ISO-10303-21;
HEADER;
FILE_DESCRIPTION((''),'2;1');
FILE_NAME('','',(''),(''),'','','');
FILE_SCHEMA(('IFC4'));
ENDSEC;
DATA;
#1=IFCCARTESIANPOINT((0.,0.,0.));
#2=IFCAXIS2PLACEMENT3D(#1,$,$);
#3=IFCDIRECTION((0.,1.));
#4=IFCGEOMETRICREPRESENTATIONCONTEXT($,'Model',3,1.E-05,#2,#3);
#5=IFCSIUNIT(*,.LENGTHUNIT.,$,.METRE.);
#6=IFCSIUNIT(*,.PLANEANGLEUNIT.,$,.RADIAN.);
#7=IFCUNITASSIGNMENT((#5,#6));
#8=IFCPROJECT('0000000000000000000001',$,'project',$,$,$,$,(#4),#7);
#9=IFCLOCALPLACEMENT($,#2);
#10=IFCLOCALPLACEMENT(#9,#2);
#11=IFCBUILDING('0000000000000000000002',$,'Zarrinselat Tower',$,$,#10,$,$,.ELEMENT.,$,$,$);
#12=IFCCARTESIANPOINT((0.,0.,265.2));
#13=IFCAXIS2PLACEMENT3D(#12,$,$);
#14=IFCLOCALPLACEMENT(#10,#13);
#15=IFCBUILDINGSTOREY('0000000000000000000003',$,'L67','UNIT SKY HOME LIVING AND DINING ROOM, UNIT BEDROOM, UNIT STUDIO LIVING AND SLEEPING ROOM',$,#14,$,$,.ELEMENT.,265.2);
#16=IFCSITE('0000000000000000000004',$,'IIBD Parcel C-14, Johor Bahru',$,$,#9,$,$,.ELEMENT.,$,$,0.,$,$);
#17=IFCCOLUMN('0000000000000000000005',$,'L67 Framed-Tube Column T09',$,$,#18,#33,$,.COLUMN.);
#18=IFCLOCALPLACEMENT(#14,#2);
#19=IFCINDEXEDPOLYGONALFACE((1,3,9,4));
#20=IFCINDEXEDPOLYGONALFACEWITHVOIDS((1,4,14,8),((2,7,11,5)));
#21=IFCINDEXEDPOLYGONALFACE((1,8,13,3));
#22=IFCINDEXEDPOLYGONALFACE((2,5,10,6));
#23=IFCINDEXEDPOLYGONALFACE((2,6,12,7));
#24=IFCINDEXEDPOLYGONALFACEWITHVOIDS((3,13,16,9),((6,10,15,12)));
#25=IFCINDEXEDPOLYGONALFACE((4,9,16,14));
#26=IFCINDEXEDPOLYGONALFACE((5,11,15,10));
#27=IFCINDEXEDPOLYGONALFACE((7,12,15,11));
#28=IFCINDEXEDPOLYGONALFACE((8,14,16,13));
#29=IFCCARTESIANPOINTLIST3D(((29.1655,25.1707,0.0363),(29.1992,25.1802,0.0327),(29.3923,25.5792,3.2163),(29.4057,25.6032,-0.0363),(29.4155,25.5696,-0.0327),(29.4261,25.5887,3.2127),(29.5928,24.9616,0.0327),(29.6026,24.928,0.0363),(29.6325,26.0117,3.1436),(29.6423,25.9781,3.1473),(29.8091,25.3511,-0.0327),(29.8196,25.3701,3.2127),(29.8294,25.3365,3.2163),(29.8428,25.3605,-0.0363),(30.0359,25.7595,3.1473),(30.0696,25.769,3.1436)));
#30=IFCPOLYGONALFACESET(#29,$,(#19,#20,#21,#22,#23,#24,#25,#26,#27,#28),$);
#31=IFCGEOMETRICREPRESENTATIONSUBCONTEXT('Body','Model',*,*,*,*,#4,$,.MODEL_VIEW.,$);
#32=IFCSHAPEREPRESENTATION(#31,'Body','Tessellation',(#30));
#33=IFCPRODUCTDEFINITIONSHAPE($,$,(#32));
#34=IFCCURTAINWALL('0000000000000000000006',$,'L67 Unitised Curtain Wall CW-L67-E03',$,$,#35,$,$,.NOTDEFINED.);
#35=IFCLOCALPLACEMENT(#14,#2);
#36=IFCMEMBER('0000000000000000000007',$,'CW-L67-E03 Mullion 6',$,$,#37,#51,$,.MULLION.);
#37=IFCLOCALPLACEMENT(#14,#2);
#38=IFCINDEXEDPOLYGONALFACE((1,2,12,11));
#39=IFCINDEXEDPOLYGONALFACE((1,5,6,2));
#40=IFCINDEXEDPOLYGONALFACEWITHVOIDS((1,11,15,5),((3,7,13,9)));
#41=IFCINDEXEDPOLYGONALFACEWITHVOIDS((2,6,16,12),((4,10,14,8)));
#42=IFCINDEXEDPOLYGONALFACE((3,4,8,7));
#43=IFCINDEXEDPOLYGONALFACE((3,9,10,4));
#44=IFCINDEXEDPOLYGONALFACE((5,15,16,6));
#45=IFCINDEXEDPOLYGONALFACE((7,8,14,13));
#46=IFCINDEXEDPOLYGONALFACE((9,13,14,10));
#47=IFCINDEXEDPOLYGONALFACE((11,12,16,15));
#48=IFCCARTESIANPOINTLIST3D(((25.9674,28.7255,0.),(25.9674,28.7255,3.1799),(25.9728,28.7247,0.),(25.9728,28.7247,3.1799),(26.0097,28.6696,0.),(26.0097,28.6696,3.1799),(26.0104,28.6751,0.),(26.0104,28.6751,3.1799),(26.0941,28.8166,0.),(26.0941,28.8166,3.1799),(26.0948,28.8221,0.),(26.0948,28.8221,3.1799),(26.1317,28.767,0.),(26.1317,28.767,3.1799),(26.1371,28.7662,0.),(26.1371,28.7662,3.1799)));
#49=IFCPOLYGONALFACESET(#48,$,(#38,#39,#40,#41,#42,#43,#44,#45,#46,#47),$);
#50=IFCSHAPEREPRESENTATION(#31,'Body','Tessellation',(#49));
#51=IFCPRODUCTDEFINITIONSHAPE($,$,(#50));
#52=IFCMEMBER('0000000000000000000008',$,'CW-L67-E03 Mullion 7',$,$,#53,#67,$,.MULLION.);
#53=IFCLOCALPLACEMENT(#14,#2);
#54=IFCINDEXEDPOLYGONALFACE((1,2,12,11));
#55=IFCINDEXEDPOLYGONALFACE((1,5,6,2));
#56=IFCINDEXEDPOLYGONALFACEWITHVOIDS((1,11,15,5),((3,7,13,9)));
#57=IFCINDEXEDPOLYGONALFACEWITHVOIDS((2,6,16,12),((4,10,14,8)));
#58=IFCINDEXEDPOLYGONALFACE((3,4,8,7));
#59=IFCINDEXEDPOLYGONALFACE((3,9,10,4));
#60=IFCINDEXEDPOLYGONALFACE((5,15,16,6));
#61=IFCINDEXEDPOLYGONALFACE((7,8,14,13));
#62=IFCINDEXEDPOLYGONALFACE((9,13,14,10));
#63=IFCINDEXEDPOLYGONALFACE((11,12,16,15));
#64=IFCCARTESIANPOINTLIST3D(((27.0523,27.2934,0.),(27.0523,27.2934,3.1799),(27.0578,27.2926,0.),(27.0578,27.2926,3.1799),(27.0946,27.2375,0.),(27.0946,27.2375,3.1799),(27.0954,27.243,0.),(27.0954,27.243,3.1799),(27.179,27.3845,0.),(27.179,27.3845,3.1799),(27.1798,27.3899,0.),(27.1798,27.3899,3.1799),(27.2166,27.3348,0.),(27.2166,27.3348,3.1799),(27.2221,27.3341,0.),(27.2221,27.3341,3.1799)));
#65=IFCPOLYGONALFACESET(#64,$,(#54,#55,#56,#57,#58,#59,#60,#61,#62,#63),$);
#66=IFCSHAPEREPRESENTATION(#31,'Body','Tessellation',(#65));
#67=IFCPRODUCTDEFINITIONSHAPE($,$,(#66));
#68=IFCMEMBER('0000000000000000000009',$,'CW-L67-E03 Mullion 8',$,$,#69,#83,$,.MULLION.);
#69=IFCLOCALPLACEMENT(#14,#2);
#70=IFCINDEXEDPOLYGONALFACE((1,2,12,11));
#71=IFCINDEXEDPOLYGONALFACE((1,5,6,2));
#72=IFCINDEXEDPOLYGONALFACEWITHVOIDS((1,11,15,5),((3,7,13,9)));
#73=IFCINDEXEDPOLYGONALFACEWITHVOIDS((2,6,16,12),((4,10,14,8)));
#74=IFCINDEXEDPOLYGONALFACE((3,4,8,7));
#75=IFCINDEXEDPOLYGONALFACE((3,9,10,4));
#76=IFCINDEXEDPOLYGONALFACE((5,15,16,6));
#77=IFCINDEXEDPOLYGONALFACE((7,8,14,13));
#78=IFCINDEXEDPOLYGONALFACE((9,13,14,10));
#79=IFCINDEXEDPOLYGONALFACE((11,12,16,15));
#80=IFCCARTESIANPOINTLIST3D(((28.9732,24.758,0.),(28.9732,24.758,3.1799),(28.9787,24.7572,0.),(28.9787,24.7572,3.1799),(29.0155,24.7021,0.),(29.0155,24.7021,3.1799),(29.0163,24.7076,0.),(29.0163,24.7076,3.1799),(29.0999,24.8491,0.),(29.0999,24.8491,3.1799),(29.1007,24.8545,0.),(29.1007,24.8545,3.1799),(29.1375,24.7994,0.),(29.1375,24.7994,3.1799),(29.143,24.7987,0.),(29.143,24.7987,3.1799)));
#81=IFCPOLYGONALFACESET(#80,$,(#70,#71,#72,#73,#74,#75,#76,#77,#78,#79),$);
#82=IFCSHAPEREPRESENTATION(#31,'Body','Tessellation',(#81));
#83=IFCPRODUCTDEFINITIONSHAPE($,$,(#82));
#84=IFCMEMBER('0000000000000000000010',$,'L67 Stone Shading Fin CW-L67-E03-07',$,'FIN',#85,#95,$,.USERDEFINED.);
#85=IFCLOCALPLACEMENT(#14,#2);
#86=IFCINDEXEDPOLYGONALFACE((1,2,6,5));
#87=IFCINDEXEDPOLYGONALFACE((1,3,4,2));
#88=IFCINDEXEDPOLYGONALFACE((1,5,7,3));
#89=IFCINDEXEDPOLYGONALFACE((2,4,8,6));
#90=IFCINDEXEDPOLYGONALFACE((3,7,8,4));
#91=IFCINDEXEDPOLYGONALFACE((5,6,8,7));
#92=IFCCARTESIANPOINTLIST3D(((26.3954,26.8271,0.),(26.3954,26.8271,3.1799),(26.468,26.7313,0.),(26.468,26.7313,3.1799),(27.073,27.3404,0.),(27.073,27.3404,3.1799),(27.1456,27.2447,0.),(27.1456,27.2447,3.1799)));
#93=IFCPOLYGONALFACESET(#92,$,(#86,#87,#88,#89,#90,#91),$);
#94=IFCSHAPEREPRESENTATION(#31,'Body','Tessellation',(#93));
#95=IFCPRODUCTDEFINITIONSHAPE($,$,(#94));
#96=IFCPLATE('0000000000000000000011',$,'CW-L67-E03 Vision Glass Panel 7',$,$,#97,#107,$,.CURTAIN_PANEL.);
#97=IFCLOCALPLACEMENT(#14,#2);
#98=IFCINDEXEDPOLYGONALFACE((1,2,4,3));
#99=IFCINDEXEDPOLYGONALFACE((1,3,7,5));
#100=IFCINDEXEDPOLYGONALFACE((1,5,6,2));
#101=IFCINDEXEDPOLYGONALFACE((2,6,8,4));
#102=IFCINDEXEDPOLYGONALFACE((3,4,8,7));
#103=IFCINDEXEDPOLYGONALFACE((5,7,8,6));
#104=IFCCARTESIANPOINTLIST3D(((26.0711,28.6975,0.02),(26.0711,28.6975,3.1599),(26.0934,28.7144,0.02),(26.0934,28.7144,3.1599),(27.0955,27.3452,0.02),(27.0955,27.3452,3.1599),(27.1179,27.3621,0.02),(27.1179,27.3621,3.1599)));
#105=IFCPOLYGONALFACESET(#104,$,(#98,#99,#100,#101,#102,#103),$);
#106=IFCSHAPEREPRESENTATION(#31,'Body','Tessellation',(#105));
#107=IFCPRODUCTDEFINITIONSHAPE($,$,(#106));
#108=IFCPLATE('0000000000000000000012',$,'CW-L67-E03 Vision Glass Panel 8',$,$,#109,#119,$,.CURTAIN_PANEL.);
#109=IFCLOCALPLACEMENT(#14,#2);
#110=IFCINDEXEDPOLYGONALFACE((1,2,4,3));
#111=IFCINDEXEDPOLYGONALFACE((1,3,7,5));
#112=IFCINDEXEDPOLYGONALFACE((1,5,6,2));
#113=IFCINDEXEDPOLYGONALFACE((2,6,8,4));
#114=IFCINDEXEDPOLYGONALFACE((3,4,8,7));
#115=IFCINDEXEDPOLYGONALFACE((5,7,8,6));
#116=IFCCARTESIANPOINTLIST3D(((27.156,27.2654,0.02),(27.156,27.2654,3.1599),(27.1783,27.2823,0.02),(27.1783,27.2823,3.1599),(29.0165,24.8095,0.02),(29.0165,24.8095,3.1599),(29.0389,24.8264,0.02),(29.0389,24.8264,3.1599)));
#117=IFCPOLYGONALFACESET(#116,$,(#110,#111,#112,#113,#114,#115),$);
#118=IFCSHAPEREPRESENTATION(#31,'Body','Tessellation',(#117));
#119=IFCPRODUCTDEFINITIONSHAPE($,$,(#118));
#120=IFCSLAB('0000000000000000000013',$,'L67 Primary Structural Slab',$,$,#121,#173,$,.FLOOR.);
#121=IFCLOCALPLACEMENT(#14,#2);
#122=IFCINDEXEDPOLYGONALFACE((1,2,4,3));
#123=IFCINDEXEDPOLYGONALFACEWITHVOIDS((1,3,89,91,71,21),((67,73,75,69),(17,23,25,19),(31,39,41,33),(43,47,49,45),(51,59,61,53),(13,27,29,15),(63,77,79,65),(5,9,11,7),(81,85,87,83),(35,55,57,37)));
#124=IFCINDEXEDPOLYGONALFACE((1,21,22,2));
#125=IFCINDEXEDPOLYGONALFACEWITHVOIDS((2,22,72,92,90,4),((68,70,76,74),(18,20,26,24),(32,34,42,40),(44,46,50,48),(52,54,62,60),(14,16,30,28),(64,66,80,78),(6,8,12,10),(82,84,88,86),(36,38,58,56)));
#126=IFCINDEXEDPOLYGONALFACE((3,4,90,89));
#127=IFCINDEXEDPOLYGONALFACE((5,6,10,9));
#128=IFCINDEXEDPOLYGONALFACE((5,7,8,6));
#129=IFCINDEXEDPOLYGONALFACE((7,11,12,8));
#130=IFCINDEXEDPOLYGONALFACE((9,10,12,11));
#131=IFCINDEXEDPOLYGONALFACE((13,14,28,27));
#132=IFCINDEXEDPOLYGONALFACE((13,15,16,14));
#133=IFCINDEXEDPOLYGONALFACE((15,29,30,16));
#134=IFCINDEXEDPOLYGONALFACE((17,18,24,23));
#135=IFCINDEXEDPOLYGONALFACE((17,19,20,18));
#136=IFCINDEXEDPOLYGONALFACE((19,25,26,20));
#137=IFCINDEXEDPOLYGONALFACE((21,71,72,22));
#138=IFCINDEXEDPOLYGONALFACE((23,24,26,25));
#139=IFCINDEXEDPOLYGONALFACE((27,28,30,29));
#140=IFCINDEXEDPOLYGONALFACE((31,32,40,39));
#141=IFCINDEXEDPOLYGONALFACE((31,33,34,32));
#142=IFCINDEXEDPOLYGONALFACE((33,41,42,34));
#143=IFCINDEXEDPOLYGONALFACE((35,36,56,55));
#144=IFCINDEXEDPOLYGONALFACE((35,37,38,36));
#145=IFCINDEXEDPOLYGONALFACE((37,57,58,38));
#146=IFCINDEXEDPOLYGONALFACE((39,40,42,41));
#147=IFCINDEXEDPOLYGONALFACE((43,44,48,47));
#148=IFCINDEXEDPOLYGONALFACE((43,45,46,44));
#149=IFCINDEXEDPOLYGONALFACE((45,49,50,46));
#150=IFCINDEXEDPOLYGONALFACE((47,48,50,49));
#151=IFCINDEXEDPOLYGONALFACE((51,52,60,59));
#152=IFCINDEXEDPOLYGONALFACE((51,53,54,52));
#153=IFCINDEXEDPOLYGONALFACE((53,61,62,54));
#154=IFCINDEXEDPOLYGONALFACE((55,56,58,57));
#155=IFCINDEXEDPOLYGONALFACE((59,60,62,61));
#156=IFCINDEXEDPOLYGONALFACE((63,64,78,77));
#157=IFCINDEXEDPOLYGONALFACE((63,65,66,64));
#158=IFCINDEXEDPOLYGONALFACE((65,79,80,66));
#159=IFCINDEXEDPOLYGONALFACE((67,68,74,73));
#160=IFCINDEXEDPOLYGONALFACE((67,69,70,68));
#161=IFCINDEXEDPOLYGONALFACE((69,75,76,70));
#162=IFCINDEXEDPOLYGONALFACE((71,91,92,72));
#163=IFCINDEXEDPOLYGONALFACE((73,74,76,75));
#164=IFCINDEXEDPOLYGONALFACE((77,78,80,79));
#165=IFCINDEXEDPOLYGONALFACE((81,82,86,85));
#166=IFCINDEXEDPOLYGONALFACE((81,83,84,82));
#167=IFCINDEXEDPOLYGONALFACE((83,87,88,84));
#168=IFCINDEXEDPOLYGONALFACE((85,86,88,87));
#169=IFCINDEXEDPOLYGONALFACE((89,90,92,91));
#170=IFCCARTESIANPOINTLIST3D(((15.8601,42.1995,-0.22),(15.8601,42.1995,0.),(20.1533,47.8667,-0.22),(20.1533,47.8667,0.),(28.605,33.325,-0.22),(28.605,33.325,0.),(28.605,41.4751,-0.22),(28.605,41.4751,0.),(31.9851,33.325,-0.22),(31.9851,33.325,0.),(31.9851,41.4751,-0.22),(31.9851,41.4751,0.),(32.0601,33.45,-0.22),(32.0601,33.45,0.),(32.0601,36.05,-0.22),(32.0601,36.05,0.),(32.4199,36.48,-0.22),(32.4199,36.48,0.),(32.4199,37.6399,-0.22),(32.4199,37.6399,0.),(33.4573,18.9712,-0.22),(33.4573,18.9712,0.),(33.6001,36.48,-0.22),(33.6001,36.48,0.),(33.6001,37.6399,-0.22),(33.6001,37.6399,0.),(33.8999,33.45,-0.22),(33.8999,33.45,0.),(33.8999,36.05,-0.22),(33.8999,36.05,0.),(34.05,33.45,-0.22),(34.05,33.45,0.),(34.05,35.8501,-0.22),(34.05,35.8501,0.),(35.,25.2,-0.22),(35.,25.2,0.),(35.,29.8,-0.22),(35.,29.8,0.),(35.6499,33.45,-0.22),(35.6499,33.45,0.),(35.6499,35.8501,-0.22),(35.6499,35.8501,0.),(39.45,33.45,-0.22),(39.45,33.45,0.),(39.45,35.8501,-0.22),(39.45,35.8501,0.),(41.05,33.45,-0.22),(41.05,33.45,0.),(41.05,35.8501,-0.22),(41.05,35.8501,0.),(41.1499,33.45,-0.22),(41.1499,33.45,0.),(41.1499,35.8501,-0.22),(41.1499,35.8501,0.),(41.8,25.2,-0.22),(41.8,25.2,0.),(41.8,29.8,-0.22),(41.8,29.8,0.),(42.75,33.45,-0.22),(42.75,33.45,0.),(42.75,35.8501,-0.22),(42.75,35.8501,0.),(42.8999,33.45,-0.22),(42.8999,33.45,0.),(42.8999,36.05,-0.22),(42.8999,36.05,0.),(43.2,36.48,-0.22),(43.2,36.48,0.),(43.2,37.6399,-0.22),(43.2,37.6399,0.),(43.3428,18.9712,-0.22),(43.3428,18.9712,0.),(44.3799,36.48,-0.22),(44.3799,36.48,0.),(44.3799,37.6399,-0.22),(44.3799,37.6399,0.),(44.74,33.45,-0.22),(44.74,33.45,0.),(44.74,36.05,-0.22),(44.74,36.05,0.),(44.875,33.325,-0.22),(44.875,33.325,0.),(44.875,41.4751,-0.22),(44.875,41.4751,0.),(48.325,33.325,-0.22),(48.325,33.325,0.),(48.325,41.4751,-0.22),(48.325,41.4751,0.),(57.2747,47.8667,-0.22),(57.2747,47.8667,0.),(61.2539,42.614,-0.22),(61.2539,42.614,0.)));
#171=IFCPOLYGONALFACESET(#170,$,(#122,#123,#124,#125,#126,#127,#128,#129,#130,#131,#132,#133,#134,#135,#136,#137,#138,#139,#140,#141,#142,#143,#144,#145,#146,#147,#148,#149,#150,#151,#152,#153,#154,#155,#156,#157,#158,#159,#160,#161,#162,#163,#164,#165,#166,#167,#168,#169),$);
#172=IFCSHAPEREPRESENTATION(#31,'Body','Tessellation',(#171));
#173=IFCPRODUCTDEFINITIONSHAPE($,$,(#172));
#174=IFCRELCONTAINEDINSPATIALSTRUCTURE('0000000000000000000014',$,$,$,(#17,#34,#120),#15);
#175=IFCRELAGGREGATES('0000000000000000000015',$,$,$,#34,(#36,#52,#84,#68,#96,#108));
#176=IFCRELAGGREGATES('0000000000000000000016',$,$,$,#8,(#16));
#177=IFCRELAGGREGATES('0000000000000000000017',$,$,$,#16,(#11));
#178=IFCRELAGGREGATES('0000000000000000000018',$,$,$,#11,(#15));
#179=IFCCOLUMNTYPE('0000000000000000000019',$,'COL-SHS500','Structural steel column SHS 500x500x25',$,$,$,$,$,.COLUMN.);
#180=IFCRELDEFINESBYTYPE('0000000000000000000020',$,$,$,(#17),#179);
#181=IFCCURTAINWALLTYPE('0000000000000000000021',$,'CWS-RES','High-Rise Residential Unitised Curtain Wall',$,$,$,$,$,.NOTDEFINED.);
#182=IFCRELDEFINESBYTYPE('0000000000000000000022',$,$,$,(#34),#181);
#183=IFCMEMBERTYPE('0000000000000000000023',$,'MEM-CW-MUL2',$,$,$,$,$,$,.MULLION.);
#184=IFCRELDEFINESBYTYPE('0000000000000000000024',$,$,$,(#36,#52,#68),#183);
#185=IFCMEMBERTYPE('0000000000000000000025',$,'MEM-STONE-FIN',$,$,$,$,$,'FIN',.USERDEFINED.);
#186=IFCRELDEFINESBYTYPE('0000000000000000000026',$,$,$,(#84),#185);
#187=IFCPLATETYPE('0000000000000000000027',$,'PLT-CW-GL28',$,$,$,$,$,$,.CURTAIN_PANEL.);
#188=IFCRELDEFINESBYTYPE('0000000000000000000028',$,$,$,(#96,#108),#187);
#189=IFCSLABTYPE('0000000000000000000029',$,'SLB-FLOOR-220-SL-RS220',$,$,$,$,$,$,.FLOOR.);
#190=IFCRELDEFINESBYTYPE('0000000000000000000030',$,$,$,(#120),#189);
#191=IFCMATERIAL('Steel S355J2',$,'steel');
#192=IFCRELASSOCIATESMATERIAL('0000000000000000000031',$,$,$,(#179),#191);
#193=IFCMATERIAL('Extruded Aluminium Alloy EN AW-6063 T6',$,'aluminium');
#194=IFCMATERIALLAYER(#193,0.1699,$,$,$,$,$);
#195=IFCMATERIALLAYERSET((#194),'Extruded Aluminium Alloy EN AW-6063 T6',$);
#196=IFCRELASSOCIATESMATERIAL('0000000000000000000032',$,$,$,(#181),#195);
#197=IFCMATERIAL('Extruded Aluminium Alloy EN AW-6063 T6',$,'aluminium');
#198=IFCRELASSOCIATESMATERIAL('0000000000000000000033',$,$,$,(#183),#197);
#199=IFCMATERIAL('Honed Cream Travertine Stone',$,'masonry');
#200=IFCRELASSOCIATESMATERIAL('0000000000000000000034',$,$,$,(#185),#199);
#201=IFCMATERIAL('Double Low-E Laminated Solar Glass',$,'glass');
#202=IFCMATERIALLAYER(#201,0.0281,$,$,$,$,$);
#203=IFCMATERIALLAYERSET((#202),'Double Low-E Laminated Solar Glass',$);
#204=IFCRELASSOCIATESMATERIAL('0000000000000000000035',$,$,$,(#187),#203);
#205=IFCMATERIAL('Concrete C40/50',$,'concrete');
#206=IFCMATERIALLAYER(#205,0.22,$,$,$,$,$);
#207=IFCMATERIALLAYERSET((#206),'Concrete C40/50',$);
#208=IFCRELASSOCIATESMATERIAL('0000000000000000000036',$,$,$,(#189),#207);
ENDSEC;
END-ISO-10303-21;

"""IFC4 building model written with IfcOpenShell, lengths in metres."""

from ifc_helpers import new_model, si_unit, direction, frame, origin, origin_2d, place, context, subcontext, project, spatial, polyline, rectangle, hollow_rectangle, outline, extrude, material, layer, layer_set, material_profile, profile_set, type_object, element, aggregate, save


model = new_model("IFC4")

# Units and contexts
model_context = context("Model", 3, precision=1e-05, world=origin(), true_north=direction((0.0, 1.0)))
body_context = subcontext(model_context, "Body", "Model", "MODEL_VIEW")
ifc_project = project(units=[si_unit("LENGTHUNIT", "METRE"), si_unit("PLANEANGLEUNIT", "RADIAN")], contexts=[model_context])

# Site, building, storey
site_placement = place(None, origin())
site = spatial("IfcSite", under=ifc_project, at=site_placement, Name="IIBD Parcel C-14, Johor Bahru", CompositionType="ELEMENT", RefElevation=0.0)
building_placement = place(site_placement, origin())
building = spatial("IfcBuilding", under=site, at=building_placement, Name="Zarrinselat Tower", CompositionType="ELEMENT")
storey_placement = place(building_placement, frame((0.0, 0.0, 265.2)))
storey = spatial("IfcBuildingStorey", under=building, at=storey_placement, Name="L67", Description="UNIT SKY HOME LIVING AND DINING ROOM, UNIT BEDROOM, UNIT STUDIO LIVING AND SLEEPING ROOM", CompositionType="ELEMENT", Elevation=265.2)

# Column
ifc_material_1 = material(Name="Steel S355J2", Category="steel")
ifc_material_profile_1 = material_profile(ifc_material_1, hollow_rectangle(XDim=0.5, YDim=0.5, WallThickness=0.0249, at=origin_2d()), Name="SHS 500x500x25")
ifc_profile_set_1 = profile_set([ifc_material_profile_1], Name="Steel S355J2")
column_type = type_object("IfcColumnType", Name="COL-SHS500", Description="Structural steel column SHS 500x500x25", PredefinedType="COLUMN", material=ifc_profile_set_1)
column_placement = place(storey_placement, frame((29.5042, 25.2656, 0.0), z_axis=(0.070567, 0.127081, 0.989379), x_axis=(-0.874256, 0.485465, 0.0)))
element("IfcColumn", 1, at=column_placement, inside=storey, type_object=column_type, Name="L67 Framed-Tube Column T09", PredefinedType="COLUMN", context=body_context, shape_type="SweptSolid", body=[
    extrude(hollow_rectangle(XDim=0.5, YDim=0.5, WallThickness=0.0249, at=origin_2d()), origin(), (0.0, 0.0, 1.0), 3.2141),
])

# Curtain wall, members, plates
ifc_material_2 = material(Name="Extruded Aluminium Alloy EN AW-6063 T6", Category="aluminium")
ifc_layer_1 = layer(ifc_material_2, 0.1699)
ifc_layer_set_1 = layer_set([ifc_layer_1], Name="Extruded Aluminium Alloy EN AW-6063 T6")
curtain_wall_type = type_object("IfcCurtainWallType", Name="CWS-RES", Description="High-Rise Residential Unitised Curtain Wall", PredefinedType="NOTDEFINED", material=ifc_layer_set_1)
curtain_wall_placement = place(storey_placement, origin())
curtain_wall = element("IfcCurtainWall", 2, at=curtain_wall_placement, inside=storey, type_object=curtain_wall_type, Name="L67 Unitised Curtain Wall CW-L67-E03", PredefinedType="NOTDEFINED")
ifc_material_3 = material(Name="Extruded Aluminium Alloy EN AW-6063 T6", Category="aluminium")
ifc_material_profile_2 = material_profile(ifc_material_3, hollow_rectangle(XDim=0.0701, YDim=0.1599, WallThickness=0.0039, at=origin_2d()), Name="RHS 160x70x4")
ifc_profile_set_2 = profile_set([ifc_material_profile_2], Name="Extruded Aluminium Alloy EN AW-6063 T6")
member_type_1 = type_object("IfcMemberType", Name="MEM-CW-MUL2", PredefinedType="MULLION", material=ifc_profile_set_2)
member_1_placement = place(storey_placement, frame((26.0522, 28.7458, 0.0), z_axis=(0.0, 0.0, 1.0), x_axis=(0.603858, -0.797092, 0.0)))
member_1 = element("IfcMember", 3, at=member_1_placement, type_object=member_type_1, Name="CW-L67-E03 Mullion 6", PredefinedType="MULLION", context=body_context, shape_type="SweptSolid", body=[
    extrude(hollow_rectangle(XDim=0.0701, YDim=0.1599, WallThickness=0.0039, at=origin_2d()), origin(), (0.0, 0.0, 1.0), 3.1799),
])
member_2_placement = place(storey_placement, frame((27.1372, 27.3137, 0.0), z_axis=(0.0, 0.0, 1.0), x_axis=(0.603858, -0.797092, 0.0)))
member_2 = element("IfcMember", 4, at=member_2_placement, type_object=member_type_1, Name="CW-L67-E03 Mullion 7", PredefinedType="MULLION", context=body_context, shape_type="SweptSolid", body=[
    extrude(hollow_rectangle(XDim=0.0701, YDim=0.1599, WallThickness=0.0039, at=origin_2d()), origin(), (0.0, 0.0, 1.0), 3.1799),
])
member_3_placement = place(storey_placement, frame((29.0581, 24.7783, 0.0), z_axis=(0.0, 0.0, 1.0), x_axis=(0.603858, -0.797092, 0.0)))
member_3 = element("IfcMember", 5, at=member_3_placement, type_object=member_type_1, Name="CW-L67-E03 Mullion 8", PredefinedType="MULLION", context=body_context, shape_type="SweptSolid", body=[
    extrude(hollow_rectangle(XDim=0.0701, YDim=0.1599, WallThickness=0.0039, at=origin_2d()), origin(), (0.0, 0.0, 1.0), 3.1799),
])
ifc_material_4 = material(Name="Honed Cream Travertine Stone", Category="masonry")
ifc_material_profile_3 = material_profile(ifc_material_4, rectangle(XDim=0.1201, YDim=0.8501, at=origin_2d()), Name="FIN 850x120")
ifc_profile_set_3 = profile_set([ifc_material_profile_3], Name="Honed Cream Travertine Stone")
member_type_2 = type_object("IfcMemberType", Name="MEM-STONE-FIN", ElementType="FIN", PredefinedType="USERDEFINED", material=ifc_profile_set_3)
member_4_placement = place(storey_placement, frame((26.7705, 27.0359, 0.0), z_axis=(0.0, 0.0, 1.0), x_axis=(-0.603858, 0.797092, 0.0)))
member_4 = element("IfcMember", 6, at=member_4_placement, type_object=member_type_2, Name="L67 Stone Shading Fin CW-L67-E03-07", ObjectType="FIN", PredefinedType="USERDEFINED", context=body_context, shape_type="SweptSolid", body=[
    extrude(rectangle(XDim=0.1201, YDim=0.8501, at=origin_2d()), origin(), (0.0, 0.0, 1.0), 3.1799),
])
ifc_material_5 = material(Name="Double Low-E Laminated Solar Glass", Category="glass")
ifc_layer_2 = layer(ifc_material_5, 0.0281)
ifc_layer_set_2 = layer_set([ifc_layer_2], Name="Double Low-E Laminated Solar Glass")
plate_type = type_object("IfcPlateType", Name="PLT-CW-GL28", PredefinedType="CURTAIN_PANEL", material=ifc_layer_set_2)
plate_1_placement = place(storey_placement, frame((26.5945, 28.0298, 0.02), z_axis=(0.0, 0.0, 1.0), x_axis=(0.603858, -0.797092, 0.0)))
plate_1 = element("IfcPlate", 7, at=plate_1_placement, type_object=plate_type, Name="CW-L67-E03 Vision Glass Panel 7", PredefinedType="CURTAIN_PANEL", context=body_context, shape_type="SweptSolid", body=[
    extrude(rectangle(XDim=1.6965, YDim=0.0281, at=origin_2d()), origin(), (0.0, 0.0, 1.0), 3.1399),
])
plate_2_placement = place(storey_placement, frame((28.0974, 26.0459, 0.02), z_axis=(0.0, 0.0, 1.0), x_axis=(0.603858, -0.797092, 0.0)))
plate_2 = element("IfcPlate", 8, at=plate_2_placement, type_object=plate_type, Name="CW-L67-E03 Vision Glass Panel 8", PredefinedType="CURTAIN_PANEL", context=body_context, shape_type="SweptSolid", body=[
    extrude(rectangle(XDim=3.0811, YDim=0.0281, at=origin_2d()), origin(), (0.0, 0.0, 1.0), 3.1399),
])
aggregate(curtain_wall, [member_1, member_2, member_4, member_3, plate_1, plate_2])

# Slab
ifc_material_6 = material(Name="Concrete C40/50", Category="concrete")
ifc_layer_3 = layer(ifc_material_6, 0.22)
ifc_layer_set_3 = layer_set([ifc_layer_3], Name="Concrete C40/50")
slab_type_1 = type_object("IfcSlabType", Name="SLB-FLOOR-220-SL-RS220", PredefinedType="FLOOR", material=ifc_layer_set_3)
slab_1_placement = place(storey_placement, frame((0.0, 0.0, -0.22)))
element("IfcSlab", 9, at=slab_1_placement, inside=storey, type_object=slab_type_1, Name="L67 Primary Structural Slab", PredefinedType="FLOOR", context=body_context, shape_type="SweptSolid", body=[
    extrude(outline(polyline([(57.2747, 47.8667), (20.1533, 47.8667), (15.8601, 42.1995), (33.4573, 18.9712), (43.3428, 18.9712), (61.2539, 42.614), (57.2747, 47.8667)]), holes=[polyline([(41.8, 25.2), (35.0, 25.2), (35.0, 29.8), (41.8, 29.8), (41.8, 25.2)]), polyline([(35.6499, 33.45), (34.05, 33.45), (34.05, 35.8501), (35.6499, 35.8501), (35.6499, 33.45)]), polyline([(41.05, 33.45), (39.45, 33.45), (39.45, 35.8501), (41.05, 35.8501), (41.05, 33.45)]), polyline([(41.1499, 33.45), (41.1499, 35.8501), (42.75, 35.8501), (42.75, 33.45), (41.1499, 33.45)]), polyline([(32.0601, 33.45), (32.0601, 36.05), (33.8999, 36.05), (33.8999, 33.45), (32.0601, 33.45)]), polyline([(44.74, 33.45), (42.8999, 33.45), (42.8999, 36.05), (44.74, 36.05), (44.74, 33.45)]), polyline([(33.6001, 36.48), (32.4199, 36.48), (32.4199, 37.6399), (33.6001, 37.6399), (33.6001, 36.48)]), polyline([(44.3799, 36.48), (43.2, 36.48), (43.2, 37.6399), (44.3799, 37.6399), (44.3799, 36.48)]), polyline([(31.9851, 33.325), (28.605, 33.325), (28.605, 41.4751), (31.9851, 41.4751), (31.9851, 33.325)]), polyline([(48.325, 33.325), (44.875, 33.325), (44.875, 41.4751), (48.325, 41.4751), (48.325, 33.325)])]), origin(), (0.0, 0.0, 1.0), 0.22),
])

save(model, "model.ifc")
